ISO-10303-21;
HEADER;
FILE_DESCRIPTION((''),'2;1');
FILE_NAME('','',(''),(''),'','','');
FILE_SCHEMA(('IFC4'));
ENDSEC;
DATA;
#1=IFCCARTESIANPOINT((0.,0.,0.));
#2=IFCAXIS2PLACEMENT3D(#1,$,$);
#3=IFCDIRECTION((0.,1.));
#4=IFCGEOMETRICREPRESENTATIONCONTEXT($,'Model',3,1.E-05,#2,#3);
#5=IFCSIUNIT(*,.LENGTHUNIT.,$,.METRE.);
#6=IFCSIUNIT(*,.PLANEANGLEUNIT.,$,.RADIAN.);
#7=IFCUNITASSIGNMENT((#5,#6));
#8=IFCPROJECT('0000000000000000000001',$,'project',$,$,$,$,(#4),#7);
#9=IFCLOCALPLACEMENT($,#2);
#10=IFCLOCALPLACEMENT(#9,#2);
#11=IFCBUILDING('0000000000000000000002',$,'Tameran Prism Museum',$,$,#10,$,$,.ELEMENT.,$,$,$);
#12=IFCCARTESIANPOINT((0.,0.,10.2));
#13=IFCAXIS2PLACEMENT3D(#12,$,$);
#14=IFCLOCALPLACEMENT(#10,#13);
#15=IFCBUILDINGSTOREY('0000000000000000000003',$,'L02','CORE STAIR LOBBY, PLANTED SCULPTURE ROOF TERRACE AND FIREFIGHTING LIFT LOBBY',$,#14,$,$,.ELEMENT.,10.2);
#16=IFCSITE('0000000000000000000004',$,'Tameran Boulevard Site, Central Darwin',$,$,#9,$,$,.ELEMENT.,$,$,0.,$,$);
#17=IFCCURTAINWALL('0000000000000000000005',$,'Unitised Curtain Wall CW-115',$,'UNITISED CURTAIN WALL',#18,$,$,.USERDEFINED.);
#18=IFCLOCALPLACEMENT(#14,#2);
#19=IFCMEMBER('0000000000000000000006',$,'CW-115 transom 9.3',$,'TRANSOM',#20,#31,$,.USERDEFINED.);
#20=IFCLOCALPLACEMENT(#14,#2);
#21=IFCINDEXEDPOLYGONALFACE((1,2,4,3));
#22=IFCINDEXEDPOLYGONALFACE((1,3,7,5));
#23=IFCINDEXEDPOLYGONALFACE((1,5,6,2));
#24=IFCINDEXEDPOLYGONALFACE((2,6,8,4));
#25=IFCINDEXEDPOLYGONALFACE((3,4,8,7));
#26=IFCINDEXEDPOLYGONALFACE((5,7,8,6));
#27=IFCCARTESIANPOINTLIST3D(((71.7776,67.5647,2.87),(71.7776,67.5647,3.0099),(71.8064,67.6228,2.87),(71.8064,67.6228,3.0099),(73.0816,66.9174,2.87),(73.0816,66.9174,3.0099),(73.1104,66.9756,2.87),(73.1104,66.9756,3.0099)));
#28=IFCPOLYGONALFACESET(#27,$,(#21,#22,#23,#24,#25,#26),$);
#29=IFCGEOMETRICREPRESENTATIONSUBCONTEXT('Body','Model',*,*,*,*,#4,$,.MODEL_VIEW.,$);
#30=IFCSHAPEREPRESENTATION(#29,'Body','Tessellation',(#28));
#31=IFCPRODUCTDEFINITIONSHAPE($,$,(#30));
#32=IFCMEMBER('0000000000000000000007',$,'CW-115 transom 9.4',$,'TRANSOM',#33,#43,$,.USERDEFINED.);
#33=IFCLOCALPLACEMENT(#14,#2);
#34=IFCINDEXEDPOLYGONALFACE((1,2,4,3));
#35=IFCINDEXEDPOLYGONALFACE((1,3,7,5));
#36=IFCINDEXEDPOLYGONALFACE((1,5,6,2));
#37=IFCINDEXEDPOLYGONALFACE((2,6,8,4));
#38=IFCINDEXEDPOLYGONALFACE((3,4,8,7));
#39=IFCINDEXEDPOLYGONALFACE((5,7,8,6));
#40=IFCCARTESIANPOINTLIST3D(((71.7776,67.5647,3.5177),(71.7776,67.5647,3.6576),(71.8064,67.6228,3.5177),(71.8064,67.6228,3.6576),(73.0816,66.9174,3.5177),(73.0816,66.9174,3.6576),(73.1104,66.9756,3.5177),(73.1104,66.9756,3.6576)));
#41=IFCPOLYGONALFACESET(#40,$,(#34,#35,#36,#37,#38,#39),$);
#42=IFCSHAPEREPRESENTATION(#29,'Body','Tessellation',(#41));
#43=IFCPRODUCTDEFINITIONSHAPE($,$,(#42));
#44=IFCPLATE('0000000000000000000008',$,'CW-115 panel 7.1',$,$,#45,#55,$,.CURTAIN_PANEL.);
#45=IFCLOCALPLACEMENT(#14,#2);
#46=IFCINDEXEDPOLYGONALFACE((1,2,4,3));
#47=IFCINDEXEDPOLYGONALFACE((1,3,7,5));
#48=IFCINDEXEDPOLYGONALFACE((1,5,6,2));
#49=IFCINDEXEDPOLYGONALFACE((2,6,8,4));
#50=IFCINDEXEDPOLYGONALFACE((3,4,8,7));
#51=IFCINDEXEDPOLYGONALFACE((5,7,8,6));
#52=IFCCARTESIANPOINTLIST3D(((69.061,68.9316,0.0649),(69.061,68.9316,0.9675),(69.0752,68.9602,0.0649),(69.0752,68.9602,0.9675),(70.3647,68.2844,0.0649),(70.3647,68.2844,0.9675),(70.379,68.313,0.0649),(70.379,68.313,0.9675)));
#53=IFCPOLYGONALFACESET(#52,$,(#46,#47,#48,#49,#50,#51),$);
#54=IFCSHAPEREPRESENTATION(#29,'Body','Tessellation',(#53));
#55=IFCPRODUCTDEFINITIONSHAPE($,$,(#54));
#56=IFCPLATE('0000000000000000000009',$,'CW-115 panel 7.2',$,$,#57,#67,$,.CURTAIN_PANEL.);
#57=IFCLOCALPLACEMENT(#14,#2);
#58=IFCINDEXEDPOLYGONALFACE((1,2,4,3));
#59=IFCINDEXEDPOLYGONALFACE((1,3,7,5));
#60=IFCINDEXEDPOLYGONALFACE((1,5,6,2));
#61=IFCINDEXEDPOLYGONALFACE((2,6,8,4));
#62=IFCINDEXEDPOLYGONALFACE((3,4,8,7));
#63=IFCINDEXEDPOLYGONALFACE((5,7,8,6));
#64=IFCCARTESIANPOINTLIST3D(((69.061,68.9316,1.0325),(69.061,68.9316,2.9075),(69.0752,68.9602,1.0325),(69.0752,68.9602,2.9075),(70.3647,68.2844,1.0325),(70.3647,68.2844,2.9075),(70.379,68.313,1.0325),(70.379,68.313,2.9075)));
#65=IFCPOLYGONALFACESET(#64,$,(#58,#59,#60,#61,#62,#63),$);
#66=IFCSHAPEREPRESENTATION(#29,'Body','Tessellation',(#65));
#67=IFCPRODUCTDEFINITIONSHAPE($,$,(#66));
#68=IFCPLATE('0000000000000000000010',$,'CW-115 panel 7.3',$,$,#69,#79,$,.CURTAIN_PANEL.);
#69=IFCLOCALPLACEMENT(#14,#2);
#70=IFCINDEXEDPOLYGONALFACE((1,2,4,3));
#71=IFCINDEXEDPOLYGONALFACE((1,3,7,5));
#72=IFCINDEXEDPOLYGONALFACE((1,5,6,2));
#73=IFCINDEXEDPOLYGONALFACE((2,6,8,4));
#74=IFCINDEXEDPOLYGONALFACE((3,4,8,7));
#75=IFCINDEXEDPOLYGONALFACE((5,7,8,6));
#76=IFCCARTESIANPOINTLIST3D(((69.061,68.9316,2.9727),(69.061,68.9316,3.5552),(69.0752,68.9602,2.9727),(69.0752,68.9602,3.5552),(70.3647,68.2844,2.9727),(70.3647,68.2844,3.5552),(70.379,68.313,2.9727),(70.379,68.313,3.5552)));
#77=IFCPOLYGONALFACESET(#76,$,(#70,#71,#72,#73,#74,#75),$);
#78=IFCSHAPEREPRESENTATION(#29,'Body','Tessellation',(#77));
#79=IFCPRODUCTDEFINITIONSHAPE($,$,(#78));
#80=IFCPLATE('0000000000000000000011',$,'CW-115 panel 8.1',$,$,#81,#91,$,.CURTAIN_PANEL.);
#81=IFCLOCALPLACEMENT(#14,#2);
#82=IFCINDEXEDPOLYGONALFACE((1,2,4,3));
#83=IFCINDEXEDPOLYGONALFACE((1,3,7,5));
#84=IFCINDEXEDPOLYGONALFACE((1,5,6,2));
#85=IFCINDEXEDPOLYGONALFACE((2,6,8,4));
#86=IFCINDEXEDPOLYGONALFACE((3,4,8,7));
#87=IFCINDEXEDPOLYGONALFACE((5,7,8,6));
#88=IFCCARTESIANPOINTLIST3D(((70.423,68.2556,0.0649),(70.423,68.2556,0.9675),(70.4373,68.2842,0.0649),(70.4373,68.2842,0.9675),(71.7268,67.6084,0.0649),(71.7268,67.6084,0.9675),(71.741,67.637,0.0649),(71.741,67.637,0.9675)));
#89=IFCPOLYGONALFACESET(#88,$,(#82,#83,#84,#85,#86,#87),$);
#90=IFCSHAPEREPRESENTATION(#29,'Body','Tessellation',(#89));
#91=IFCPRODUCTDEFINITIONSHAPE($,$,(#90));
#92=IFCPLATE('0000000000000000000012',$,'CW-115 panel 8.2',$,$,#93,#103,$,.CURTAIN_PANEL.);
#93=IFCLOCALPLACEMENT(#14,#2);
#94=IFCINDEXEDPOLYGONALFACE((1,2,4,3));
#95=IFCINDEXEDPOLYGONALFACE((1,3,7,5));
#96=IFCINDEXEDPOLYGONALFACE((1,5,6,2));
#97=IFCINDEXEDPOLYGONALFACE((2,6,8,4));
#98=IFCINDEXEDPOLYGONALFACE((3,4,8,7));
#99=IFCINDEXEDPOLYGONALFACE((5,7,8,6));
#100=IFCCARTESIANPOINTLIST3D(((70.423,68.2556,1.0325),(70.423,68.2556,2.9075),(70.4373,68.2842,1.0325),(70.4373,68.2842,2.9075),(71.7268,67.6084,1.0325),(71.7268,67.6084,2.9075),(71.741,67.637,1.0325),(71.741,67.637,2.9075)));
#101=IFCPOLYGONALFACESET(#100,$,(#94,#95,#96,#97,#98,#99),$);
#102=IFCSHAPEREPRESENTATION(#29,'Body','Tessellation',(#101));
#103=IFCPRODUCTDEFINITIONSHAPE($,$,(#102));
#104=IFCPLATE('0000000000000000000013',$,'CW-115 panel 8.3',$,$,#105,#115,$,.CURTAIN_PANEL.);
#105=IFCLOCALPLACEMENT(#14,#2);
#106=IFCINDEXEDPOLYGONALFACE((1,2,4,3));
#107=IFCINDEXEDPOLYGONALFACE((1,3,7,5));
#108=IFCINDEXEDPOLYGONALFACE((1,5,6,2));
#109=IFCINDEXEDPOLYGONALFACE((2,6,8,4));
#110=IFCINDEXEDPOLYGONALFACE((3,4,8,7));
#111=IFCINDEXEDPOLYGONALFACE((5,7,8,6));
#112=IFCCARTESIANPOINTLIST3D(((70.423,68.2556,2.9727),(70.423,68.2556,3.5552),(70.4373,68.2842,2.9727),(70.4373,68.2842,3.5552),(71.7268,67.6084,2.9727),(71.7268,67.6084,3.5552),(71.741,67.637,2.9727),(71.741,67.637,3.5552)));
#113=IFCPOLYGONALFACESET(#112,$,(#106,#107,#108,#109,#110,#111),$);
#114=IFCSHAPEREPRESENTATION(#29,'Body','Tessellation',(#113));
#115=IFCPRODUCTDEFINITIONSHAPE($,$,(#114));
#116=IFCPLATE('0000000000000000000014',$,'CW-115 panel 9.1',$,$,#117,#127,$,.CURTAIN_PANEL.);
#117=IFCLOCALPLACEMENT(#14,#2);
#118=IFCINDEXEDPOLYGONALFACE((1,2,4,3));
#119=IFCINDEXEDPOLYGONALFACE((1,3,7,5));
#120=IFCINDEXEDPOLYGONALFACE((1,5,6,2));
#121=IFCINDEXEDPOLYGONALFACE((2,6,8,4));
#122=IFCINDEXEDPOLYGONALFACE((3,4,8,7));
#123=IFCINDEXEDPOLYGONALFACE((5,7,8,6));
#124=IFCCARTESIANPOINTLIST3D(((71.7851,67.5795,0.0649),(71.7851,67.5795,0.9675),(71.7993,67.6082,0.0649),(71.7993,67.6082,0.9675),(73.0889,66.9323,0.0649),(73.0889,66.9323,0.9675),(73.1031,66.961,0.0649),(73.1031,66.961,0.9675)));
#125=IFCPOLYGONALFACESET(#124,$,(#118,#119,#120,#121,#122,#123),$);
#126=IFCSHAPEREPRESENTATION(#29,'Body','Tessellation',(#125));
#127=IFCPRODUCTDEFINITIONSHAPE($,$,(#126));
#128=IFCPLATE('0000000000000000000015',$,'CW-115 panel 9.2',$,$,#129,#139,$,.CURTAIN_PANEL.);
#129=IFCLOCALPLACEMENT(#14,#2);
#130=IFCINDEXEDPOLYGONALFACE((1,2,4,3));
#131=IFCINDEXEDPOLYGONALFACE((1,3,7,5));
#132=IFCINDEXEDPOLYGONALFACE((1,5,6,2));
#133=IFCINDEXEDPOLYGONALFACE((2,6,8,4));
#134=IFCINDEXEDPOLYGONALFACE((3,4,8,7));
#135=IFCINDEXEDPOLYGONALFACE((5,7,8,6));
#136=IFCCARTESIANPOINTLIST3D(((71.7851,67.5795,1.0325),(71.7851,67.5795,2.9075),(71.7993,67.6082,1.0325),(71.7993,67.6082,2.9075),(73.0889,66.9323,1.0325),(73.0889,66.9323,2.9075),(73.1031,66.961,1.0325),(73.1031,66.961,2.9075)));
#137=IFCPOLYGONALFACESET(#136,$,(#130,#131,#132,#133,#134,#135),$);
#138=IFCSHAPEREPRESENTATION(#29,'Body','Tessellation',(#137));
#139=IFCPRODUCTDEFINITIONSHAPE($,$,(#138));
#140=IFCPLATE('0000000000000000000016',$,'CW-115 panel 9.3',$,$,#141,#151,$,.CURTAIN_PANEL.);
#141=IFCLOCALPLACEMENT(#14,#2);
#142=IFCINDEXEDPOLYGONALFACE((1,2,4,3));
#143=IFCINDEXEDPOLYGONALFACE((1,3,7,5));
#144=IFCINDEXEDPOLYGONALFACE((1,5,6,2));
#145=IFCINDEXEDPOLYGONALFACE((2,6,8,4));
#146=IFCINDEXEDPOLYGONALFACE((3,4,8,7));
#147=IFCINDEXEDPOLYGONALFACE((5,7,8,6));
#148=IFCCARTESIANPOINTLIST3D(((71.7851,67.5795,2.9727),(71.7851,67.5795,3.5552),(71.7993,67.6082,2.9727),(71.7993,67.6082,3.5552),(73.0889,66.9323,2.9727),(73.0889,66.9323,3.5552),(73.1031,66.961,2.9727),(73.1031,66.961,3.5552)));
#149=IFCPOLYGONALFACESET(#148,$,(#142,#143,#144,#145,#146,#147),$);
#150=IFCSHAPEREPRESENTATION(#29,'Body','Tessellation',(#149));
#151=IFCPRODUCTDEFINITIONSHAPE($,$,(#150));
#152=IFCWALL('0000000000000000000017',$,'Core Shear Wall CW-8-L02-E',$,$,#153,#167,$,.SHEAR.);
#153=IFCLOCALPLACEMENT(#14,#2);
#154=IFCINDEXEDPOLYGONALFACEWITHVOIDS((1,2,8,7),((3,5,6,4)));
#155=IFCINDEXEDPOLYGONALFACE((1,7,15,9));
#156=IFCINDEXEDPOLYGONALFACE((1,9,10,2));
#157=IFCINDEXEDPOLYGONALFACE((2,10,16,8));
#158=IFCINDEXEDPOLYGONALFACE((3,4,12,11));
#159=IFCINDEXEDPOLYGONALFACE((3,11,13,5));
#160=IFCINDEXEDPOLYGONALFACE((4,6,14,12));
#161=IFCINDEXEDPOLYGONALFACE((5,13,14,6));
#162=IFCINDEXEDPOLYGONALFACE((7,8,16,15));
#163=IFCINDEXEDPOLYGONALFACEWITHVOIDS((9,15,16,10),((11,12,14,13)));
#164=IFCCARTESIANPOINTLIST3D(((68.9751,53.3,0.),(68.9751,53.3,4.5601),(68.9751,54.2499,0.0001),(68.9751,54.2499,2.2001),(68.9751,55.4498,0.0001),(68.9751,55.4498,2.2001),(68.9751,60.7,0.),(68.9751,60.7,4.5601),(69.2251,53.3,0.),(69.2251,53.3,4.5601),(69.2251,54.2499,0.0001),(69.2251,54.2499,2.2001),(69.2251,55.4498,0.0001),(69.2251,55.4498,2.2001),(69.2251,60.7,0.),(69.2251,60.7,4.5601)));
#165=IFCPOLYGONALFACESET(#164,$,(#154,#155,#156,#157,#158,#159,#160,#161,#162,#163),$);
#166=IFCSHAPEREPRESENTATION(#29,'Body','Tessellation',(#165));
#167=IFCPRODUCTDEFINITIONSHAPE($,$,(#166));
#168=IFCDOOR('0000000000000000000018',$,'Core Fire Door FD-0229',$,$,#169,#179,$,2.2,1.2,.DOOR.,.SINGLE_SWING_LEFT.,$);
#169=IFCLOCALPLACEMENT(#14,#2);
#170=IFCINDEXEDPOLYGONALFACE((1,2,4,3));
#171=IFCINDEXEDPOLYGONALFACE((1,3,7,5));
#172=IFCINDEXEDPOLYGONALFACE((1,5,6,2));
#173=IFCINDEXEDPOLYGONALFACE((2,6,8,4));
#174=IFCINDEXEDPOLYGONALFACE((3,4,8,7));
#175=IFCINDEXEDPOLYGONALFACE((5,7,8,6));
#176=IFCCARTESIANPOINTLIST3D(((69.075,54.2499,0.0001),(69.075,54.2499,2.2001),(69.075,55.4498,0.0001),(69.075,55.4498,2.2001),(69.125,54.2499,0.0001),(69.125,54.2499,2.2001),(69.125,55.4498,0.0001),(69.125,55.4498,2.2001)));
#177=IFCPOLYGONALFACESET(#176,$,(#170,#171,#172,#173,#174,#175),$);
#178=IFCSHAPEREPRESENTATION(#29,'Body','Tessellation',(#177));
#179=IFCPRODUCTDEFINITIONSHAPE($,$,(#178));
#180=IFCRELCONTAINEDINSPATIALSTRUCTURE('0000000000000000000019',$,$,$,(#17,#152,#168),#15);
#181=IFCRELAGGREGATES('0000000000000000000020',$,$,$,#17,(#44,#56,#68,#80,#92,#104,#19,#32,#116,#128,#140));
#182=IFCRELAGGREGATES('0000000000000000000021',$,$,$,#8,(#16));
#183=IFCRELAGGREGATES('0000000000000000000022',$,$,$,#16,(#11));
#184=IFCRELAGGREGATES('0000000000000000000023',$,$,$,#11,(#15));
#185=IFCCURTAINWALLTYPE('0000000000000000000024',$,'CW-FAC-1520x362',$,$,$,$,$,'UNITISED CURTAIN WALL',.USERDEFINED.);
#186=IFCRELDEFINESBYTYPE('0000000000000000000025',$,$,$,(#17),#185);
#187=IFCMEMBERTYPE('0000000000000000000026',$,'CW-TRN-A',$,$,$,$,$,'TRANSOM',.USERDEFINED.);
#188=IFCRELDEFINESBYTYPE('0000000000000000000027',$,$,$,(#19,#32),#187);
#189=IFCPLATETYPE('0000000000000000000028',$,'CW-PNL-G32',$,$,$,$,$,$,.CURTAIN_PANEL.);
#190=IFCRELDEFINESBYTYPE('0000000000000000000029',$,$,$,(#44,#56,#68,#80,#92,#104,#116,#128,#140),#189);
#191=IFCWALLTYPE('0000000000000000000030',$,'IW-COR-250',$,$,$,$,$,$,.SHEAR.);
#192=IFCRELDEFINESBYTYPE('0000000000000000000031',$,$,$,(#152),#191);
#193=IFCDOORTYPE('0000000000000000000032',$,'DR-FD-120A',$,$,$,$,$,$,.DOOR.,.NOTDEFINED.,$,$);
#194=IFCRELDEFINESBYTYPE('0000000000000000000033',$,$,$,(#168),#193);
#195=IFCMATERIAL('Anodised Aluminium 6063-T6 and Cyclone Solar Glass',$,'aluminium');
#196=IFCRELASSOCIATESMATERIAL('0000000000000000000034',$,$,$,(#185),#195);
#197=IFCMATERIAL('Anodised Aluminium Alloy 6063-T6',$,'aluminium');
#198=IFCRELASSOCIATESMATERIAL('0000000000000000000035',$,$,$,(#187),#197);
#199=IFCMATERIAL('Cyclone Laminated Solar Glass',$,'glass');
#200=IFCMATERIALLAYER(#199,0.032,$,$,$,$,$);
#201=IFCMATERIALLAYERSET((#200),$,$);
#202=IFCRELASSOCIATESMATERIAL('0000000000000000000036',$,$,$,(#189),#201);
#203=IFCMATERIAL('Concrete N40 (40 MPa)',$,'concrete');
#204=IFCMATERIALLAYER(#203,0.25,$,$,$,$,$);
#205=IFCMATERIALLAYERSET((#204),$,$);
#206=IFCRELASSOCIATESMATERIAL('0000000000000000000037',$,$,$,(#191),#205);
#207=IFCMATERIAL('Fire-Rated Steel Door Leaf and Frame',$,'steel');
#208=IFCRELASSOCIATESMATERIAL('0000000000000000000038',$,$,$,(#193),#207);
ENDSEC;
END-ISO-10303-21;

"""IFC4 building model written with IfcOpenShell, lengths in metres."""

from ifc_helpers import new_model, si_unit, direction, frame, frame_2d, origin, origin_2d, place, context, subcontext, project, spatial, rectangle, extrude, material, layer, layer_set, material_profile, profile_set, type_object, element, fill, aggregate, save


model = new_model("IFC4")

# Units and contexts
model_context = context("Model", 3, precision=1e-05, world=origin(), true_north=direction((0.0, 1.0)))
body_context = subcontext(model_context, "Body", "Model", "MODEL_VIEW")
ifc_project = project(units=[si_unit("LENGTHUNIT", "METRE"), si_unit("PLANEANGLEUNIT", "RADIAN")], contexts=[model_context])

# Site, building, storey
site_placement = place(None, origin())
site = spatial("IfcSite", under=ifc_project, at=site_placement, Name="Tameran Boulevard Site, Central Darwin", CompositionType="ELEMENT", RefElevation=0.0)
building_placement = place(site_placement, origin())
building = spatial("IfcBuilding", under=site, at=building_placement, Name="Tameran Prism Museum", CompositionType="ELEMENT")
storey_placement = place(building_placement, frame((0.0, 0.0, 10.2)))
storey = spatial("IfcBuildingStorey", under=building, at=storey_placement, Name="L02", Description="CORE STAIR LOBBY, PLANTED SCULPTURE ROOF TERRACE AND FIREFIGHTING LIFT LOBBY", CompositionType="ELEMENT", Elevation=10.2)

# Curtain wall, members, plates
ifc_material_1 = material(Name="Anodised Aluminium 6063-T6 and Cyclone Solar Glass", Category="aluminium")
curtain_wall_type = type_object("IfcCurtainWallType", Name="CW-FAC-1520x362", ElementType="UNITISED CURTAIN WALL", PredefinedType="USERDEFINED", material=ifc_material_1)
curtain_wall_placement = place(storey_placement, origin())
curtain_wall = element("IfcCurtainWall", 1, at=curtain_wall_placement, inside=storey, type_object=curtain_wall_type, Name="Unitised Curtain Wall CW-115", ObjectType="UNITISED CURTAIN WALL", PredefinedType="USERDEFINED")
ifc_material_2 = material(Name="Anodised Aluminium Alloy 6063-T6", Category="aluminium")
ifc_material_profile_1 = material_profile(ifc_material_2, rectangle(XDim=0.0649, YDim=0.1399, at=origin_2d()))
ifc_profile_set_1 = profile_set([ifc_material_profile_1])
member_type_1 = type_object("IfcMemberType", Name="CW-TRN-A", ElementType="TRANSOM", PredefinedType="USERDEFINED", material=ifc_profile_set_1)
member_1_placement = place(storey_placement, frame((71.792, 67.5938, 2.9399), z_axis=(0.895731, -0.444595, 0.0), x_axis=(0.444595, 0.895731, 0.0)))
member_1 = element("IfcMember", 2, at=member_1_placement, type_object=member_type_1, Name="CW-115 transom 9.3", ObjectType="TRANSOM", PredefinedType="USERDEFINED", context=body_context, shape_type="SweptSolid", body=[
    extrude(rectangle(XDim=0.0649, YDim=0.1399, at=origin_2d()), origin(), (0.0, 0.0, 1.0), 1.4558),
])
member_2_placement = place(storey_placement, frame((71.792, 67.5938, 3.5876), z_axis=(0.895731, -0.444595, 0.0), x_axis=(0.444595, 0.895731, 0.0)))
member_2 = element("IfcMember", 3, at=member_2_placement, type_object=member_type_1, Name="CW-115 transom 9.4", ObjectType="TRANSOM", PredefinedType="USERDEFINED", context=body_context, shape_type="SweptSolid", body=[
    extrude(rectangle(XDim=0.0649, YDim=0.1399, at=origin_2d()), origin(), (0.0, 0.0, 1.0), 1.4558),
])
ifc_material_3 = material(Name="Cyclone Laminated Solar Glass", Category="glass")
ifc_layer_1 = layer(ifc_material_3, 0.032)
ifc_layer_set_1 = layer_set([ifc_layer_1])
plate_type = type_object("IfcPlateType", Name="CW-PNL-G32", PredefinedType="CURTAIN_PANEL", material=ifc_layer_set_1)
plate_1_placement = place(storey_placement, frame((69.72, 68.6223, 0.0649), z_axis=(0.0, 0.0, 1.0), x_axis=(0.895712, -0.444634, 0.0)))
plate_1 = element("IfcPlate", 4, at=plate_1_placement, type_object=plate_type, Name="CW-115 panel 7.1", PredefinedType="CURTAIN_PANEL", context=body_context, shape_type="SweptSolid", body=[
    extrude(rectangle(XDim=1.4556, YDim=0.032, at=origin_2d()), origin(), (0.0, 0.0, 1.0), 0.9026),
])
plate_2_placement = place(storey_placement, frame((69.72, 68.6223, 1.0325), z_axis=(0.0, 0.0, 1.0), x_axis=(0.895712, -0.444634, 0.0)))
plate_2 = element("IfcPlate", 5, at=plate_2_placement, type_object=plate_type, Name="CW-115 panel 7.2", PredefinedType="CURTAIN_PANEL", context=body_context, shape_type="SweptSolid", body=[
    extrude(rectangle(XDim=1.4556, YDim=0.032, at=origin_2d()), origin(), (0.0, 0.0, 1.0), 1.875),
])
plate_3_placement = place(storey_placement, frame((69.72, 68.6223, 2.9727), z_axis=(0.0, 0.0, 1.0), x_axis=(0.895712, -0.444634, 0.0)))
plate_3 = element("IfcPlate", 6, at=plate_3_placement, type_object=plate_type, Name="CW-115 panel 7.3", PredefinedType="CURTAIN_PANEL", context=body_context, shape_type="SweptSolid", body=[
    extrude(rectangle(XDim=1.4556, YDim=0.032, at=origin_2d()), origin(), (0.0, 0.0, 1.0), 0.5825),
])
plate_4_placement = place(storey_placement, frame((71.082, 67.9463, 0.0649), z_axis=(0.0, 0.0, 1.0), x_axis=(0.895712, -0.444634, 0.0)))
plate_4 = element("IfcPlate", 7, at=plate_4_placement, type_object=plate_type, Name="CW-115 panel 8.1", PredefinedType="CURTAIN_PANEL", context=body_context, shape_type="SweptSolid", body=[
    extrude(rectangle(XDim=1.4556, YDim=0.032, at=origin_2d()), origin(), (0.0, 0.0, 1.0), 0.9026),
])
plate_5_placement = place(storey_placement, frame((71.082, 67.9463, 1.0325), z_axis=(0.0, 0.0, 1.0), x_axis=(0.895712, -0.444634, 0.0)))
plate_5 = element("IfcPlate", 8, at=plate_5_placement, type_object=plate_type, Name="CW-115 panel 8.2", PredefinedType="CURTAIN_PANEL", context=body_context, shape_type="SweptSolid", body=[
    extrude(rectangle(XDim=1.4556, YDim=0.032, at=origin_2d()), origin(), (0.0, 0.0, 1.0), 1.875),
])
plate_6_placement = place(storey_placement, frame((71.082, 67.9463, 2.9727), z_axis=(0.0, 0.0, 1.0), x_axis=(0.895712, -0.444634, 0.0)))
plate_6 = element("IfcPlate", 9, at=plate_6_placement, type_object=plate_type, Name="CW-115 panel 8.3", PredefinedType="CURTAIN_PANEL", context=body_context, shape_type="SweptSolid", body=[
    extrude(rectangle(XDim=1.4556, YDim=0.032, at=origin_2d()), origin(), (0.0, 0.0, 1.0), 0.5825),
])
plate_7_placement = place(storey_placement, frame((72.4441, 67.2703, 0.0649), z_axis=(0.0, 0.0, 1.0), x_axis=(0.895712, -0.444634, 0.0)))
plate_7 = element("IfcPlate", 10, at=plate_7_placement, type_object=plate_type, Name="CW-115 panel 9.1", PredefinedType="CURTAIN_PANEL", context=body_context, shape_type="SweptSolid", body=[
    extrude(rectangle(XDim=1.4556, YDim=0.032, at=origin_2d()), origin(), (0.0, 0.0, 1.0), 0.9026),
])
plate_8_placement = place(storey_placement, frame((72.4441, 67.2703, 1.0325), z_axis=(0.0, 0.0, 1.0), x_axis=(0.895712, -0.444634, 0.0)))
plate_8 = element("IfcPlate", 11, at=plate_8_placement, type_object=plate_type, Name="CW-115 panel 9.2", PredefinedType="CURTAIN_PANEL", context=body_context, shape_type="SweptSolid", body=[
    extrude(rectangle(XDim=1.4556, YDim=0.032, at=origin_2d()), origin(), (0.0, 0.0, 1.0), 1.875),
])
plate_9_placement = place(storey_placement, frame((72.4441, 67.2703, 2.9727), z_axis=(0.0, 0.0, 1.0), x_axis=(0.895712, -0.444634, 0.0)))
plate_9 = element("IfcPlate", 12, at=plate_9_placement, type_object=plate_type, Name="CW-115 panel 9.3", PredefinedType="CURTAIN_PANEL", context=body_context, shape_type="SweptSolid", body=[
    extrude(rectangle(XDim=1.4556, YDim=0.032, at=origin_2d()), origin(), (0.0, 0.0, 1.0), 0.5825),
])
aggregate(curtain_wall, [plate_1, plate_2, plate_3, plate_4, plate_5, plate_6, member_1, member_2, plate_7, plate_8, plate_9])

# Wall, opening, door
ifc_material_4 = material(Name="Concrete N40 (40 MPa)", Category="concrete")
ifc_layer_2 = layer(ifc_material_4, 0.25)
ifc_layer_set_2 = layer_set([ifc_layer_2])
wall_type = type_object("IfcWallType", Name="IW-COR-250", PredefinedType="SHEAR", material=ifc_layer_set_2)
wall_placement = place(storey_placement, frame((69.1001, 60.7, 0.0), z_axis=(0.0, 0.0, 1.0), x_axis=(0.0, -1.0, 0.0)))
wall = element("IfcWall", 13, at=wall_placement, inside=storey, type_object=wall_type, Name="Core Shear Wall CW-8-L02-E", PredefinedType="SHEAR", context=body_context, shape_type="SweptSolid", body=[
    extrude(rectangle(XDim=7.3999, YDim=0.25, at=frame_2d((3.7, 0.0))), origin(), (0.0, 0.0, 1.0), 4.5601),
])
opening_placement = place(wall_placement, frame((5.25, 0.0, 0.0)))
opening = element("IfcOpeningElement", 14, at=opening_placement, cuts=wall, PredefinedType="OPENING", context=body_context, shape_type="SweptSolid", body=[
    extrude(rectangle(XDim=1.2, YDim=2.2, at=frame_2d((0.6001, 1.1001))), frame((0.0, 0.135, 0.0), z_axis=(0.0, -1.0, 0.0), x_axis=(1.0, 0.0, 0.0)), (0.0, 0.0, 1.0), 0.27),
])
ifc_material_5 = material(Name="Fire-Rated Steel Door Leaf and Frame", Category="steel")
door_type = type_object("IfcDoorType", Name="DR-FD-120A", OperationType="NOTDEFINED", PredefinedType="DOOR", material=ifc_material_5)
door_placement = place(opening_placement, origin())
door = element("IfcDoor", 15, at=door_placement, inside=storey, type_object=door_type, Name="Core Fire Door FD-0229", OperationType="SINGLE_SWING_LEFT", OverallHeight=2.2, OverallWidth=1.2, PredefinedType="DOOR", context=body_context, shape_type="SweptSolid", body=[
    extrude(rectangle(XDim=1.2, YDim=2.2, at=frame_2d((0.6001, 1.1001))), frame((0.0, 0.0249, 0.0), z_axis=(0.0, -1.0, 0.0), x_axis=(1.0, 0.0, 0.0)), (0.0, 0.0, 1.0), 0.05),
])
fill(opening, door)

save(model, "model.ifc")
